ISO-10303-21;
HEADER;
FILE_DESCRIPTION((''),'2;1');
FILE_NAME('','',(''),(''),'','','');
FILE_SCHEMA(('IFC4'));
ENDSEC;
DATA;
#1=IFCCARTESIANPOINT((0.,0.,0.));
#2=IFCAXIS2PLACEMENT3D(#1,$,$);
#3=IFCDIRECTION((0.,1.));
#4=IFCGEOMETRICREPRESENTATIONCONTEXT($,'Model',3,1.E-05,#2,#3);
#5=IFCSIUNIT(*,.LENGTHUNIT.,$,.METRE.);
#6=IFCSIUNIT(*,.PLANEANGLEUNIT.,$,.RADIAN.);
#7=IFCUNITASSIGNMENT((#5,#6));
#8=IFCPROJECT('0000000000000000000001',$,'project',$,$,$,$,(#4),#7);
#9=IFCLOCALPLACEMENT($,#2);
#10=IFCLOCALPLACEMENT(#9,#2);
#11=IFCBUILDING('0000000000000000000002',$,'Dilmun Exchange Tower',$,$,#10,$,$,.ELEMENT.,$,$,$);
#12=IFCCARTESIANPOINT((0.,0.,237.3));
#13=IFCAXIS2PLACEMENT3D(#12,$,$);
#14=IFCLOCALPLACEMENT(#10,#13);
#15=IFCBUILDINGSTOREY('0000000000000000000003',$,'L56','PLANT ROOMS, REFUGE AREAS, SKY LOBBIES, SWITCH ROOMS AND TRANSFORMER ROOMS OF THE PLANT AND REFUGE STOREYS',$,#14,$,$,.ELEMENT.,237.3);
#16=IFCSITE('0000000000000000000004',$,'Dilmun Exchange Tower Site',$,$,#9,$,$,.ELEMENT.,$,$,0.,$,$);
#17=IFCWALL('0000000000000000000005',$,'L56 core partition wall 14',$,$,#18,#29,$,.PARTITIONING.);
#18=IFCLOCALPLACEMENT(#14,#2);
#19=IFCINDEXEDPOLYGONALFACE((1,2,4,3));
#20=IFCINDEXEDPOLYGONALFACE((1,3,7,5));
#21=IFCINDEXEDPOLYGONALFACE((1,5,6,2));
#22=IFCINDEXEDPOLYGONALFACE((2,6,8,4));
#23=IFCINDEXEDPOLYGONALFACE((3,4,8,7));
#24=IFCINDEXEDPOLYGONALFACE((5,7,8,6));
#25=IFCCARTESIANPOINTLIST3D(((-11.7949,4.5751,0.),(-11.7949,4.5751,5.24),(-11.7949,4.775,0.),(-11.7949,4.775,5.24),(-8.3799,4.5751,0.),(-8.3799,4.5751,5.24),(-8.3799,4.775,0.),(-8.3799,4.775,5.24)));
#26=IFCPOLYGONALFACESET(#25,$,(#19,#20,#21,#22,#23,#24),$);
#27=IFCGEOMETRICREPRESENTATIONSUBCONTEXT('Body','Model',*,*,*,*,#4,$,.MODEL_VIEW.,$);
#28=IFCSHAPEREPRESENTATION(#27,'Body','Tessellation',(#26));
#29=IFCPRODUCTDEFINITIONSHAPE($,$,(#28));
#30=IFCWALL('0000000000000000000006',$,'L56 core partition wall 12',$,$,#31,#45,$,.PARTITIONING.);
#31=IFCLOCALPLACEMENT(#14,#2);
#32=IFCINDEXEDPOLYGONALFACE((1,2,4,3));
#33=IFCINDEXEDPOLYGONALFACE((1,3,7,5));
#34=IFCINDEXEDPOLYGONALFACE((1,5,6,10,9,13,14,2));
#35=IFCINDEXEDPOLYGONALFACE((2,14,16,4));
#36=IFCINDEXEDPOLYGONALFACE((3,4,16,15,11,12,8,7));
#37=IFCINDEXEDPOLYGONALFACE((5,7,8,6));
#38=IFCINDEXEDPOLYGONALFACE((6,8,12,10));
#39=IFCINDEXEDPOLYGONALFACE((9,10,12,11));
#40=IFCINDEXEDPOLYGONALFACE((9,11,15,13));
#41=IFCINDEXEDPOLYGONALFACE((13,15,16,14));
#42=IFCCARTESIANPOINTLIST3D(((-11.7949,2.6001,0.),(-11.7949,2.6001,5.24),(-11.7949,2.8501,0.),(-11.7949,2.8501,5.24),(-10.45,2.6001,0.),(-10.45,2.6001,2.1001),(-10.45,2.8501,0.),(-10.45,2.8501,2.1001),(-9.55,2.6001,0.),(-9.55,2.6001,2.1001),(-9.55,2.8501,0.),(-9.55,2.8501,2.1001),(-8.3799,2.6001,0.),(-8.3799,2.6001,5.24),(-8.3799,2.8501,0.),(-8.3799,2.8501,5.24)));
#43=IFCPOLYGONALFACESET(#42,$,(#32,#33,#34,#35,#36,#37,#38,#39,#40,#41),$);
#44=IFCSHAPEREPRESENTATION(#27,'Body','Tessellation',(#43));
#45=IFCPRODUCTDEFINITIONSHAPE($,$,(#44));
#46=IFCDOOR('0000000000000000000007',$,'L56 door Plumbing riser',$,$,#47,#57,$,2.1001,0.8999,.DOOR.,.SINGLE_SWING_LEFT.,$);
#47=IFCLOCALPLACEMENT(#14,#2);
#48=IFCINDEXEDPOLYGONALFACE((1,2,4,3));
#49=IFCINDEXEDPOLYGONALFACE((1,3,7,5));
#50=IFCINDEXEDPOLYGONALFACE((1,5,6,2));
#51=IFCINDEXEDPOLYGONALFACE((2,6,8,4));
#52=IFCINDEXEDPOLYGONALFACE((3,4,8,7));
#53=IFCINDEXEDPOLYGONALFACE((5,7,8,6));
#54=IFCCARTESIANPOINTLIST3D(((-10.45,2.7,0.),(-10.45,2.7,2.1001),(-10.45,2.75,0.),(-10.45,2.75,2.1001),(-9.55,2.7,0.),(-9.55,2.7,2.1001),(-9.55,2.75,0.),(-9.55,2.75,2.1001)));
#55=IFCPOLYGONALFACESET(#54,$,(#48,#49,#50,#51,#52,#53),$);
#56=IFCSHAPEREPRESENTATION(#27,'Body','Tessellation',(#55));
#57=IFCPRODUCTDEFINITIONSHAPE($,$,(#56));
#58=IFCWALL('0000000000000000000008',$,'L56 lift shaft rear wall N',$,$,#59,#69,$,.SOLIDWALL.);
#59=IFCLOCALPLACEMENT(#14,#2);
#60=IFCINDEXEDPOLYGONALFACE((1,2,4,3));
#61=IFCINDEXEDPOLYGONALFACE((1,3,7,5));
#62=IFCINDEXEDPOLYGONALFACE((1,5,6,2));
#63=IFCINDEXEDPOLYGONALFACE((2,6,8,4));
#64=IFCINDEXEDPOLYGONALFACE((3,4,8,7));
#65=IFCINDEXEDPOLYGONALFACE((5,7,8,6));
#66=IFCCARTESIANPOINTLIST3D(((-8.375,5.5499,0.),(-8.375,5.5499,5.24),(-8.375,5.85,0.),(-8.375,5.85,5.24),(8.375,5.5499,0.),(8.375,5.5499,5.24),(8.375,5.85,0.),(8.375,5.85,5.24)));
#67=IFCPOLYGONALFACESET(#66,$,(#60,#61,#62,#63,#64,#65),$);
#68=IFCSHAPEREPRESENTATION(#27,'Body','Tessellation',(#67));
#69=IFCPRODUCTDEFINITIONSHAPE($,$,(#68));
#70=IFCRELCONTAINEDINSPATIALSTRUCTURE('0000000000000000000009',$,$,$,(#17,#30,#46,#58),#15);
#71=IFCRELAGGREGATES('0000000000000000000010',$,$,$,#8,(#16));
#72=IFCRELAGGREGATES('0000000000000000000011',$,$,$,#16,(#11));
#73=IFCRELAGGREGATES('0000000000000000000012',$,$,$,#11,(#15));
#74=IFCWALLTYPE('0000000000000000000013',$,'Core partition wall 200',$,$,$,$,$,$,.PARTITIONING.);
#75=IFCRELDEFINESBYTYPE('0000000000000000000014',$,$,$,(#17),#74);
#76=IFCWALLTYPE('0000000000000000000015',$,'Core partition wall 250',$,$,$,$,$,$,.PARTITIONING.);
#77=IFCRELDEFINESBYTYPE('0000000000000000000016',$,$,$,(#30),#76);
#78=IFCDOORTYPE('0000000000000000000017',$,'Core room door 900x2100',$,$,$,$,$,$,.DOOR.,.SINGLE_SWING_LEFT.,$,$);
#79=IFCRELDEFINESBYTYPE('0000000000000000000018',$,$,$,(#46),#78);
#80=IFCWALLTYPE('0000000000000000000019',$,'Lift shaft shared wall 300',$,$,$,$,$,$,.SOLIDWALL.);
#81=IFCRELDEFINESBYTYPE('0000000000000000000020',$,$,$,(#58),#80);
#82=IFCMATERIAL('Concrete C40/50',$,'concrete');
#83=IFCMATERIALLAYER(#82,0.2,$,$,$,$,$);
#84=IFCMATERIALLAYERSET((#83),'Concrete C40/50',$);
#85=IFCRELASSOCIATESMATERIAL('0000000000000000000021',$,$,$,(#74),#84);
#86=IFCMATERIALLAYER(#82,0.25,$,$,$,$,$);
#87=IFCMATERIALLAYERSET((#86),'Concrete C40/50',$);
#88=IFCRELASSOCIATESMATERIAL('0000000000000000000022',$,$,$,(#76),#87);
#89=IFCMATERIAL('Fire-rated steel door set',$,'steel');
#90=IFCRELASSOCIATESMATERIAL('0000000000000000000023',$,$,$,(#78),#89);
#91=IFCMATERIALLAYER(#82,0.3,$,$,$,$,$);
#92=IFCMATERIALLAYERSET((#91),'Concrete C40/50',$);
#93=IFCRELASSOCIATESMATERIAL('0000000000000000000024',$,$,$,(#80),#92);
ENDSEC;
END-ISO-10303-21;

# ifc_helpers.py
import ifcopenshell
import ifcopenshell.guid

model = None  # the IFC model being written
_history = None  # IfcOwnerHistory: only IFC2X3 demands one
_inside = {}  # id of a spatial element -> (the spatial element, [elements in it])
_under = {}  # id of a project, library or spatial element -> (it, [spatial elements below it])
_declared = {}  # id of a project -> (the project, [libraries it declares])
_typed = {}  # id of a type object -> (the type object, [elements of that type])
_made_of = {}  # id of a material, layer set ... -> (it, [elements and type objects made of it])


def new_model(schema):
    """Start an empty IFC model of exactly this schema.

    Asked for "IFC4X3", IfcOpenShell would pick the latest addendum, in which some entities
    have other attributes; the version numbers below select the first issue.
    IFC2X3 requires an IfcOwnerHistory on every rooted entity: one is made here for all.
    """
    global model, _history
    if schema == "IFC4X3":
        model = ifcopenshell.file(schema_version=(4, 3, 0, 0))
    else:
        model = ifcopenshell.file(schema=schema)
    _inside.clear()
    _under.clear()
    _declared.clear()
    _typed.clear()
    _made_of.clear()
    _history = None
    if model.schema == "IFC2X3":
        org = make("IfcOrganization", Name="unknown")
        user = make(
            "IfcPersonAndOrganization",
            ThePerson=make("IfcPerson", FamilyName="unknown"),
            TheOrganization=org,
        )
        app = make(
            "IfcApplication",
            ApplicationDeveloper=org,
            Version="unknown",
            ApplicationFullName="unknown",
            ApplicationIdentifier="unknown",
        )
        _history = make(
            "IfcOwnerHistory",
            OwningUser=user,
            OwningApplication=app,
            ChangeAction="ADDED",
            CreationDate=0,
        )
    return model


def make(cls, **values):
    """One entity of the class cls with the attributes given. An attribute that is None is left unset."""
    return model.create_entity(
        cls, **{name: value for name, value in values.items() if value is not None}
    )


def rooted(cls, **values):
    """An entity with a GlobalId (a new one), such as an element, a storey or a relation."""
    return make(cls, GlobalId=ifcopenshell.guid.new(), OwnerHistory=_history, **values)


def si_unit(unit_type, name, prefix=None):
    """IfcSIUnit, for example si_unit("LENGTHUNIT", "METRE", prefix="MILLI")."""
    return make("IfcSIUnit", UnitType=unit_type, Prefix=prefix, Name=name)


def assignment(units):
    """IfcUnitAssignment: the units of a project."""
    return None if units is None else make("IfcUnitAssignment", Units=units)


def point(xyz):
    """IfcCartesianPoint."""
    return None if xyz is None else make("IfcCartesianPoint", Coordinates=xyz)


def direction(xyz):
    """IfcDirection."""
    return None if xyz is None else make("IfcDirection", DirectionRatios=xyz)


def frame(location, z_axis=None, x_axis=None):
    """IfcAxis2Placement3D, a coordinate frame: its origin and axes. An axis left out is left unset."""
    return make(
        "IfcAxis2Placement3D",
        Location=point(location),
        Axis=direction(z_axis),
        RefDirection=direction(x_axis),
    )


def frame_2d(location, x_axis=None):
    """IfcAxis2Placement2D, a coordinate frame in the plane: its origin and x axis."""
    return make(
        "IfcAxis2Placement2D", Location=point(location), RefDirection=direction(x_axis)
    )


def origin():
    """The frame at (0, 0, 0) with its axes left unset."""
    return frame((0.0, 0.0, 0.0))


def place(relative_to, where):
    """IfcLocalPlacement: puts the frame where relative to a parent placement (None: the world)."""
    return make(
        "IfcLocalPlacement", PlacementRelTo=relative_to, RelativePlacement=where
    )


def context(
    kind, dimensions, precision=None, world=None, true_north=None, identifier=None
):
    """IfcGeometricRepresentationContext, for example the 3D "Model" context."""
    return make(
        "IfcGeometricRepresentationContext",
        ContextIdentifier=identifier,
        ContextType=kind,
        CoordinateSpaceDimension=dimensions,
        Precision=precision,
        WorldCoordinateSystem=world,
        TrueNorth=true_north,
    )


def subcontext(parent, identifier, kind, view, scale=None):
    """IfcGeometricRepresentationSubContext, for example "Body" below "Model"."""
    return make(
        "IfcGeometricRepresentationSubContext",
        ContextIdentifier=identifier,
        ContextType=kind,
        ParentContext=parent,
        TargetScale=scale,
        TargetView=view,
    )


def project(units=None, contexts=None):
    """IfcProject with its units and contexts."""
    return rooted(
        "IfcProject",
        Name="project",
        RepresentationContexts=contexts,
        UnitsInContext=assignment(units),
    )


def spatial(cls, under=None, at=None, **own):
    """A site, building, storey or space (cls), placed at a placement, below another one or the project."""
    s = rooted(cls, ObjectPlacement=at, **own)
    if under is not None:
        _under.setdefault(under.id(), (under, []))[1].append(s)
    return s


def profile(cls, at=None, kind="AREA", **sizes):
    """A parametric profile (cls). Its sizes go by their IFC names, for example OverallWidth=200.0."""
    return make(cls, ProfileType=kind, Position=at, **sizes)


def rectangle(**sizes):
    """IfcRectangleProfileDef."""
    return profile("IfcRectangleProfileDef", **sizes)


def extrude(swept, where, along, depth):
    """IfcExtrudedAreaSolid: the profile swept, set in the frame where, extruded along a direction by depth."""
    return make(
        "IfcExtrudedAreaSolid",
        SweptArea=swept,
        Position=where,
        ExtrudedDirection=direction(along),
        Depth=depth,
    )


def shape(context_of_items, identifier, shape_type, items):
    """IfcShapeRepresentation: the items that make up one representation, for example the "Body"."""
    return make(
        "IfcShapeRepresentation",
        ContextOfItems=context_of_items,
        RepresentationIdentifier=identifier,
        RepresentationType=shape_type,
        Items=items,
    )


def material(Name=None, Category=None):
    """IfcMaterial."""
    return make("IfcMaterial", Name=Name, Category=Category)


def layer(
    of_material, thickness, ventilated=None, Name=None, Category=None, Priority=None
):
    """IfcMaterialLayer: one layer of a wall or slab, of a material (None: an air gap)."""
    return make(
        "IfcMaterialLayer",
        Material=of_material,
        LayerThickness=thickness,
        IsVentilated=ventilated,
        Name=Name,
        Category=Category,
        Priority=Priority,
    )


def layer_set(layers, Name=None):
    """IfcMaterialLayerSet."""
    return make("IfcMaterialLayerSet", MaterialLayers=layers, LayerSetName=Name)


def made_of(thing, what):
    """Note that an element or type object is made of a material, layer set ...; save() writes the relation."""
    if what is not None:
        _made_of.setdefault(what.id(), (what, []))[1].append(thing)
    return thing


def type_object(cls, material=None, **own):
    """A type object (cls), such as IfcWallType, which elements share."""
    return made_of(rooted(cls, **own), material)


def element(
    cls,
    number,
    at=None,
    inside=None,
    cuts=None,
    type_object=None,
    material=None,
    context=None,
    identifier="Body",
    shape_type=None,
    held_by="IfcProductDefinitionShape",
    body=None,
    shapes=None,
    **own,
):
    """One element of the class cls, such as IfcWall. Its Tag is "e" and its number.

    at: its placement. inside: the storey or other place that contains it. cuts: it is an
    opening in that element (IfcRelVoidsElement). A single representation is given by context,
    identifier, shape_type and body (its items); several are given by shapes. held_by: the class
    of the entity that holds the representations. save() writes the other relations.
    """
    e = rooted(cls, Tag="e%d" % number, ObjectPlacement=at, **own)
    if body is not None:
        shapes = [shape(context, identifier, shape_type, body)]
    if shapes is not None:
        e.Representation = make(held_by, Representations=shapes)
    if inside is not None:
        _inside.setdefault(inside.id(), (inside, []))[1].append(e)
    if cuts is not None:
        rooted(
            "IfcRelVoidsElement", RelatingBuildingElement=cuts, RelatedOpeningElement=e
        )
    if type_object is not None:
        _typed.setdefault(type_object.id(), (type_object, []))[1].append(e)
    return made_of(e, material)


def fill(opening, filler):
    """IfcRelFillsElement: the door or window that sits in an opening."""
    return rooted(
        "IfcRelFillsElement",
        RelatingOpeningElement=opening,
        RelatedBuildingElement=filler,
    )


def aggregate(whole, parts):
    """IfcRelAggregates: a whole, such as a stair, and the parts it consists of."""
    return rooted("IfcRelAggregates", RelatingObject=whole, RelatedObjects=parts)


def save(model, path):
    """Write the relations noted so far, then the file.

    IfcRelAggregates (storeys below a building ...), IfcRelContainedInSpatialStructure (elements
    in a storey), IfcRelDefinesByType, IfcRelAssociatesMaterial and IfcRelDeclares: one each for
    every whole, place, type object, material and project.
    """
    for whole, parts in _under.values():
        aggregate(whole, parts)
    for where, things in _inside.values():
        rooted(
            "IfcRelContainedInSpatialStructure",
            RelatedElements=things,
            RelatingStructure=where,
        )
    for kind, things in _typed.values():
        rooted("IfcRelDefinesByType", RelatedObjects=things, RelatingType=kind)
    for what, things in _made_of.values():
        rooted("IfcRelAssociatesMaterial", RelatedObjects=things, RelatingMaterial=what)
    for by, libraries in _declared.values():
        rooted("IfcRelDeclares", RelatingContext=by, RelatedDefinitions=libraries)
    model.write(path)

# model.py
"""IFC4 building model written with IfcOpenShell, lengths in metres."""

from ifc_helpers import new_model, si_unit, direction, frame, frame_2d, origin, place, context, subcontext, project, spatial, rectangle, extrude, material, layer, layer_set, type_object, element, fill, save


model = new_model("IFC4")

# Units and contexts
model_context = context("Model", 3, precision=1e-05, world=origin(), true_north=direction((0.0, 1.0)))
body_context = subcontext(model_context, "Body", "Model", "MODEL_VIEW")
ifc_project = project(units=[si_unit("LENGTHUNIT", "METRE"), si_unit("PLANEANGLEUNIT", "RADIAN")], contexts=[model_context])

# Site, building, storey
site_placement = place(None, origin())
site = spatial("IfcSite", under=ifc_project, at=site_placement, Name="Dilmun Exchange Tower Site", CompositionType="ELEMENT", RefElevation=0.0)
building_placement = place(site_placement, origin())
building = spatial("IfcBuilding", under=site, at=building_placement, Name="Dilmun Exchange Tower", CompositionType="ELEMENT")
storey_placement = place(building_placement, frame((0.0, 0.0, 237.3)))
storey = spatial("IfcBuildingStorey", under=building, at=storey_placement, Name="L56", Description="PLANT ROOMS, REFUGE AREAS, SKY LOBBIES, SWITCH ROOMS AND TRANSFORMER ROOMS OF THE PLANT AND REFUGE STOREYS", CompositionType="ELEMENT", Elevation=237.3)

# Wall
ifc_material_1 = material(Name="Concrete C40/50", Category="concrete")
ifc_layer_1 = layer(ifc_material_1, 0.2)
ifc_layer_set_1 = layer_set([ifc_layer_1], Name="Concrete C40/50")
wall_type_1 = type_object("IfcWallType", Name="Core partition wall 200", PredefinedType="PARTITIONING", material=ifc_layer_set_1)
wall_1_placement = place(storey_placement, frame((-11.7949, 4.675, 0.0), z_axis=(0.0, 0.0, 1.0), x_axis=(1.0, 0.0, 0.0)))
element("IfcWall", 1, at=wall_1_placement, inside=storey, type_object=wall_type_1, Name="L56 core partition wall 14", PredefinedType="PARTITIONING", context=body_context, shape_type="SweptSolid", body=[
    extrude(rectangle(XDim=3.415, YDim=0.2, at=frame_2d((1.7075, 0.0))), origin(), (0.0, 0.0, 1.0), 5.24),
])

# Wall, opening, door
ifc_layer_2 = layer(ifc_material_1, 0.25)
ifc_layer_set_2 = layer_set([ifc_layer_2], Name="Concrete C40/50")
wall_type_2 = type_object("IfcWallType", Name="Core partition wall 250", PredefinedType="PARTITIONING", material=ifc_layer_set_2)
wall_2_placement = place(storey_placement, frame((-11.7949, 2.7251, 0.0), z_axis=(0.0, 0.0, 1.0), x_axis=(1.0, 0.0, 0.0)))
wall_2 = element("IfcWall", 2, at=wall_2_placement, inside=storey, type_object=wall_type_2, Name="L56 core partition wall 12", PredefinedType="PARTITIONING", context=body_context, shape_type="SweptSolid", body=[
    extrude(rectangle(XDim=3.415, YDim=0.25, at=frame_2d((1.7075, 0.0))), origin(), (0.0, 0.0, 1.0), 5.24),
])
opening_1_placement = place(wall_2_placement, frame((1.345, 0.0, 0.0)))
opening_1 = element("IfcOpeningElement", 3, at=opening_1_placement, cuts=wall_2, PredefinedType="OPENING", context=body_context, shape_type="SweptSolid", body=[
    extrude(rectangle(XDim=0.8999, YDim=2.1001, at=frame_2d((0.45, 1.05))), frame((0.0, 0.135, 0.0), z_axis=(0.0, -1.0, 0.0), x_axis=(1.0, 0.0, 0.0)), (0.0, 0.0, 1.0), 0.27),
])
ifc_material_2 = material(Name="Fire-rated steel door set", Category="steel")
door_type_1 = type_object("IfcDoorType", Name="Core room door 900x2100", OperationType="SINGLE_SWING_LEFT", PredefinedType="DOOR", material=ifc_material_2)
door_1_placement = place(opening_1_placement, origin())
door_1 = element("IfcDoor", 4, at=door_1_placement, inside=storey, type_object=door_type_1, Name="L56 door Plumbing riser", OperationType="SINGLE_SWING_LEFT", OverallHeight=2.1001, OverallWidth=0.8999, PredefinedType="DOOR", context=body_context, shape_type="SweptSolid", body=[
    extrude(rectangle(XDim=0.8999, YDim=2.1001, at=frame_2d((0.45, 1.05))), frame((0.0, 0.0249, 0.0), z_axis=(0.0, -1.0, 0.0), x_axis=(1.0, 0.0, 0.0)), (0.0, 0.0, 1.0), 0.05),
])
fill(opening_1, door_1)

# Wall
ifc_layer_3 = layer(ifc_material_1, 0.3)
ifc_layer_set_3 = layer_set([ifc_layer_3], Name="Concrete C40/50")
wall_type_3 = type_object("IfcWallType", Name="Lift shaft shared wall 300", PredefinedType="SOLIDWALL", material=ifc_layer_set_3)
wall_3_placement = place(storey_placement, frame((-8.375, 5.7, 0.0), z_axis=(0.0, 0.0, 1.0), x_axis=(1.0, 0.0, 0.0)))
element("IfcWall", 5, at=wall_3_placement, inside=storey, type_object=wall_type_3, Name="L56 lift shaft rear wall N", PredefinedType="SOLIDWALL", context=body_context, shape_type="SweptSolid", body=[
    extrude(rectangle(XDim=16.75, YDim=0.3, at=frame_2d((8.375, 0.0))), origin(), (0.0, 0.0, 1.0), 5.24),
])

save(model, "model.ifc")
